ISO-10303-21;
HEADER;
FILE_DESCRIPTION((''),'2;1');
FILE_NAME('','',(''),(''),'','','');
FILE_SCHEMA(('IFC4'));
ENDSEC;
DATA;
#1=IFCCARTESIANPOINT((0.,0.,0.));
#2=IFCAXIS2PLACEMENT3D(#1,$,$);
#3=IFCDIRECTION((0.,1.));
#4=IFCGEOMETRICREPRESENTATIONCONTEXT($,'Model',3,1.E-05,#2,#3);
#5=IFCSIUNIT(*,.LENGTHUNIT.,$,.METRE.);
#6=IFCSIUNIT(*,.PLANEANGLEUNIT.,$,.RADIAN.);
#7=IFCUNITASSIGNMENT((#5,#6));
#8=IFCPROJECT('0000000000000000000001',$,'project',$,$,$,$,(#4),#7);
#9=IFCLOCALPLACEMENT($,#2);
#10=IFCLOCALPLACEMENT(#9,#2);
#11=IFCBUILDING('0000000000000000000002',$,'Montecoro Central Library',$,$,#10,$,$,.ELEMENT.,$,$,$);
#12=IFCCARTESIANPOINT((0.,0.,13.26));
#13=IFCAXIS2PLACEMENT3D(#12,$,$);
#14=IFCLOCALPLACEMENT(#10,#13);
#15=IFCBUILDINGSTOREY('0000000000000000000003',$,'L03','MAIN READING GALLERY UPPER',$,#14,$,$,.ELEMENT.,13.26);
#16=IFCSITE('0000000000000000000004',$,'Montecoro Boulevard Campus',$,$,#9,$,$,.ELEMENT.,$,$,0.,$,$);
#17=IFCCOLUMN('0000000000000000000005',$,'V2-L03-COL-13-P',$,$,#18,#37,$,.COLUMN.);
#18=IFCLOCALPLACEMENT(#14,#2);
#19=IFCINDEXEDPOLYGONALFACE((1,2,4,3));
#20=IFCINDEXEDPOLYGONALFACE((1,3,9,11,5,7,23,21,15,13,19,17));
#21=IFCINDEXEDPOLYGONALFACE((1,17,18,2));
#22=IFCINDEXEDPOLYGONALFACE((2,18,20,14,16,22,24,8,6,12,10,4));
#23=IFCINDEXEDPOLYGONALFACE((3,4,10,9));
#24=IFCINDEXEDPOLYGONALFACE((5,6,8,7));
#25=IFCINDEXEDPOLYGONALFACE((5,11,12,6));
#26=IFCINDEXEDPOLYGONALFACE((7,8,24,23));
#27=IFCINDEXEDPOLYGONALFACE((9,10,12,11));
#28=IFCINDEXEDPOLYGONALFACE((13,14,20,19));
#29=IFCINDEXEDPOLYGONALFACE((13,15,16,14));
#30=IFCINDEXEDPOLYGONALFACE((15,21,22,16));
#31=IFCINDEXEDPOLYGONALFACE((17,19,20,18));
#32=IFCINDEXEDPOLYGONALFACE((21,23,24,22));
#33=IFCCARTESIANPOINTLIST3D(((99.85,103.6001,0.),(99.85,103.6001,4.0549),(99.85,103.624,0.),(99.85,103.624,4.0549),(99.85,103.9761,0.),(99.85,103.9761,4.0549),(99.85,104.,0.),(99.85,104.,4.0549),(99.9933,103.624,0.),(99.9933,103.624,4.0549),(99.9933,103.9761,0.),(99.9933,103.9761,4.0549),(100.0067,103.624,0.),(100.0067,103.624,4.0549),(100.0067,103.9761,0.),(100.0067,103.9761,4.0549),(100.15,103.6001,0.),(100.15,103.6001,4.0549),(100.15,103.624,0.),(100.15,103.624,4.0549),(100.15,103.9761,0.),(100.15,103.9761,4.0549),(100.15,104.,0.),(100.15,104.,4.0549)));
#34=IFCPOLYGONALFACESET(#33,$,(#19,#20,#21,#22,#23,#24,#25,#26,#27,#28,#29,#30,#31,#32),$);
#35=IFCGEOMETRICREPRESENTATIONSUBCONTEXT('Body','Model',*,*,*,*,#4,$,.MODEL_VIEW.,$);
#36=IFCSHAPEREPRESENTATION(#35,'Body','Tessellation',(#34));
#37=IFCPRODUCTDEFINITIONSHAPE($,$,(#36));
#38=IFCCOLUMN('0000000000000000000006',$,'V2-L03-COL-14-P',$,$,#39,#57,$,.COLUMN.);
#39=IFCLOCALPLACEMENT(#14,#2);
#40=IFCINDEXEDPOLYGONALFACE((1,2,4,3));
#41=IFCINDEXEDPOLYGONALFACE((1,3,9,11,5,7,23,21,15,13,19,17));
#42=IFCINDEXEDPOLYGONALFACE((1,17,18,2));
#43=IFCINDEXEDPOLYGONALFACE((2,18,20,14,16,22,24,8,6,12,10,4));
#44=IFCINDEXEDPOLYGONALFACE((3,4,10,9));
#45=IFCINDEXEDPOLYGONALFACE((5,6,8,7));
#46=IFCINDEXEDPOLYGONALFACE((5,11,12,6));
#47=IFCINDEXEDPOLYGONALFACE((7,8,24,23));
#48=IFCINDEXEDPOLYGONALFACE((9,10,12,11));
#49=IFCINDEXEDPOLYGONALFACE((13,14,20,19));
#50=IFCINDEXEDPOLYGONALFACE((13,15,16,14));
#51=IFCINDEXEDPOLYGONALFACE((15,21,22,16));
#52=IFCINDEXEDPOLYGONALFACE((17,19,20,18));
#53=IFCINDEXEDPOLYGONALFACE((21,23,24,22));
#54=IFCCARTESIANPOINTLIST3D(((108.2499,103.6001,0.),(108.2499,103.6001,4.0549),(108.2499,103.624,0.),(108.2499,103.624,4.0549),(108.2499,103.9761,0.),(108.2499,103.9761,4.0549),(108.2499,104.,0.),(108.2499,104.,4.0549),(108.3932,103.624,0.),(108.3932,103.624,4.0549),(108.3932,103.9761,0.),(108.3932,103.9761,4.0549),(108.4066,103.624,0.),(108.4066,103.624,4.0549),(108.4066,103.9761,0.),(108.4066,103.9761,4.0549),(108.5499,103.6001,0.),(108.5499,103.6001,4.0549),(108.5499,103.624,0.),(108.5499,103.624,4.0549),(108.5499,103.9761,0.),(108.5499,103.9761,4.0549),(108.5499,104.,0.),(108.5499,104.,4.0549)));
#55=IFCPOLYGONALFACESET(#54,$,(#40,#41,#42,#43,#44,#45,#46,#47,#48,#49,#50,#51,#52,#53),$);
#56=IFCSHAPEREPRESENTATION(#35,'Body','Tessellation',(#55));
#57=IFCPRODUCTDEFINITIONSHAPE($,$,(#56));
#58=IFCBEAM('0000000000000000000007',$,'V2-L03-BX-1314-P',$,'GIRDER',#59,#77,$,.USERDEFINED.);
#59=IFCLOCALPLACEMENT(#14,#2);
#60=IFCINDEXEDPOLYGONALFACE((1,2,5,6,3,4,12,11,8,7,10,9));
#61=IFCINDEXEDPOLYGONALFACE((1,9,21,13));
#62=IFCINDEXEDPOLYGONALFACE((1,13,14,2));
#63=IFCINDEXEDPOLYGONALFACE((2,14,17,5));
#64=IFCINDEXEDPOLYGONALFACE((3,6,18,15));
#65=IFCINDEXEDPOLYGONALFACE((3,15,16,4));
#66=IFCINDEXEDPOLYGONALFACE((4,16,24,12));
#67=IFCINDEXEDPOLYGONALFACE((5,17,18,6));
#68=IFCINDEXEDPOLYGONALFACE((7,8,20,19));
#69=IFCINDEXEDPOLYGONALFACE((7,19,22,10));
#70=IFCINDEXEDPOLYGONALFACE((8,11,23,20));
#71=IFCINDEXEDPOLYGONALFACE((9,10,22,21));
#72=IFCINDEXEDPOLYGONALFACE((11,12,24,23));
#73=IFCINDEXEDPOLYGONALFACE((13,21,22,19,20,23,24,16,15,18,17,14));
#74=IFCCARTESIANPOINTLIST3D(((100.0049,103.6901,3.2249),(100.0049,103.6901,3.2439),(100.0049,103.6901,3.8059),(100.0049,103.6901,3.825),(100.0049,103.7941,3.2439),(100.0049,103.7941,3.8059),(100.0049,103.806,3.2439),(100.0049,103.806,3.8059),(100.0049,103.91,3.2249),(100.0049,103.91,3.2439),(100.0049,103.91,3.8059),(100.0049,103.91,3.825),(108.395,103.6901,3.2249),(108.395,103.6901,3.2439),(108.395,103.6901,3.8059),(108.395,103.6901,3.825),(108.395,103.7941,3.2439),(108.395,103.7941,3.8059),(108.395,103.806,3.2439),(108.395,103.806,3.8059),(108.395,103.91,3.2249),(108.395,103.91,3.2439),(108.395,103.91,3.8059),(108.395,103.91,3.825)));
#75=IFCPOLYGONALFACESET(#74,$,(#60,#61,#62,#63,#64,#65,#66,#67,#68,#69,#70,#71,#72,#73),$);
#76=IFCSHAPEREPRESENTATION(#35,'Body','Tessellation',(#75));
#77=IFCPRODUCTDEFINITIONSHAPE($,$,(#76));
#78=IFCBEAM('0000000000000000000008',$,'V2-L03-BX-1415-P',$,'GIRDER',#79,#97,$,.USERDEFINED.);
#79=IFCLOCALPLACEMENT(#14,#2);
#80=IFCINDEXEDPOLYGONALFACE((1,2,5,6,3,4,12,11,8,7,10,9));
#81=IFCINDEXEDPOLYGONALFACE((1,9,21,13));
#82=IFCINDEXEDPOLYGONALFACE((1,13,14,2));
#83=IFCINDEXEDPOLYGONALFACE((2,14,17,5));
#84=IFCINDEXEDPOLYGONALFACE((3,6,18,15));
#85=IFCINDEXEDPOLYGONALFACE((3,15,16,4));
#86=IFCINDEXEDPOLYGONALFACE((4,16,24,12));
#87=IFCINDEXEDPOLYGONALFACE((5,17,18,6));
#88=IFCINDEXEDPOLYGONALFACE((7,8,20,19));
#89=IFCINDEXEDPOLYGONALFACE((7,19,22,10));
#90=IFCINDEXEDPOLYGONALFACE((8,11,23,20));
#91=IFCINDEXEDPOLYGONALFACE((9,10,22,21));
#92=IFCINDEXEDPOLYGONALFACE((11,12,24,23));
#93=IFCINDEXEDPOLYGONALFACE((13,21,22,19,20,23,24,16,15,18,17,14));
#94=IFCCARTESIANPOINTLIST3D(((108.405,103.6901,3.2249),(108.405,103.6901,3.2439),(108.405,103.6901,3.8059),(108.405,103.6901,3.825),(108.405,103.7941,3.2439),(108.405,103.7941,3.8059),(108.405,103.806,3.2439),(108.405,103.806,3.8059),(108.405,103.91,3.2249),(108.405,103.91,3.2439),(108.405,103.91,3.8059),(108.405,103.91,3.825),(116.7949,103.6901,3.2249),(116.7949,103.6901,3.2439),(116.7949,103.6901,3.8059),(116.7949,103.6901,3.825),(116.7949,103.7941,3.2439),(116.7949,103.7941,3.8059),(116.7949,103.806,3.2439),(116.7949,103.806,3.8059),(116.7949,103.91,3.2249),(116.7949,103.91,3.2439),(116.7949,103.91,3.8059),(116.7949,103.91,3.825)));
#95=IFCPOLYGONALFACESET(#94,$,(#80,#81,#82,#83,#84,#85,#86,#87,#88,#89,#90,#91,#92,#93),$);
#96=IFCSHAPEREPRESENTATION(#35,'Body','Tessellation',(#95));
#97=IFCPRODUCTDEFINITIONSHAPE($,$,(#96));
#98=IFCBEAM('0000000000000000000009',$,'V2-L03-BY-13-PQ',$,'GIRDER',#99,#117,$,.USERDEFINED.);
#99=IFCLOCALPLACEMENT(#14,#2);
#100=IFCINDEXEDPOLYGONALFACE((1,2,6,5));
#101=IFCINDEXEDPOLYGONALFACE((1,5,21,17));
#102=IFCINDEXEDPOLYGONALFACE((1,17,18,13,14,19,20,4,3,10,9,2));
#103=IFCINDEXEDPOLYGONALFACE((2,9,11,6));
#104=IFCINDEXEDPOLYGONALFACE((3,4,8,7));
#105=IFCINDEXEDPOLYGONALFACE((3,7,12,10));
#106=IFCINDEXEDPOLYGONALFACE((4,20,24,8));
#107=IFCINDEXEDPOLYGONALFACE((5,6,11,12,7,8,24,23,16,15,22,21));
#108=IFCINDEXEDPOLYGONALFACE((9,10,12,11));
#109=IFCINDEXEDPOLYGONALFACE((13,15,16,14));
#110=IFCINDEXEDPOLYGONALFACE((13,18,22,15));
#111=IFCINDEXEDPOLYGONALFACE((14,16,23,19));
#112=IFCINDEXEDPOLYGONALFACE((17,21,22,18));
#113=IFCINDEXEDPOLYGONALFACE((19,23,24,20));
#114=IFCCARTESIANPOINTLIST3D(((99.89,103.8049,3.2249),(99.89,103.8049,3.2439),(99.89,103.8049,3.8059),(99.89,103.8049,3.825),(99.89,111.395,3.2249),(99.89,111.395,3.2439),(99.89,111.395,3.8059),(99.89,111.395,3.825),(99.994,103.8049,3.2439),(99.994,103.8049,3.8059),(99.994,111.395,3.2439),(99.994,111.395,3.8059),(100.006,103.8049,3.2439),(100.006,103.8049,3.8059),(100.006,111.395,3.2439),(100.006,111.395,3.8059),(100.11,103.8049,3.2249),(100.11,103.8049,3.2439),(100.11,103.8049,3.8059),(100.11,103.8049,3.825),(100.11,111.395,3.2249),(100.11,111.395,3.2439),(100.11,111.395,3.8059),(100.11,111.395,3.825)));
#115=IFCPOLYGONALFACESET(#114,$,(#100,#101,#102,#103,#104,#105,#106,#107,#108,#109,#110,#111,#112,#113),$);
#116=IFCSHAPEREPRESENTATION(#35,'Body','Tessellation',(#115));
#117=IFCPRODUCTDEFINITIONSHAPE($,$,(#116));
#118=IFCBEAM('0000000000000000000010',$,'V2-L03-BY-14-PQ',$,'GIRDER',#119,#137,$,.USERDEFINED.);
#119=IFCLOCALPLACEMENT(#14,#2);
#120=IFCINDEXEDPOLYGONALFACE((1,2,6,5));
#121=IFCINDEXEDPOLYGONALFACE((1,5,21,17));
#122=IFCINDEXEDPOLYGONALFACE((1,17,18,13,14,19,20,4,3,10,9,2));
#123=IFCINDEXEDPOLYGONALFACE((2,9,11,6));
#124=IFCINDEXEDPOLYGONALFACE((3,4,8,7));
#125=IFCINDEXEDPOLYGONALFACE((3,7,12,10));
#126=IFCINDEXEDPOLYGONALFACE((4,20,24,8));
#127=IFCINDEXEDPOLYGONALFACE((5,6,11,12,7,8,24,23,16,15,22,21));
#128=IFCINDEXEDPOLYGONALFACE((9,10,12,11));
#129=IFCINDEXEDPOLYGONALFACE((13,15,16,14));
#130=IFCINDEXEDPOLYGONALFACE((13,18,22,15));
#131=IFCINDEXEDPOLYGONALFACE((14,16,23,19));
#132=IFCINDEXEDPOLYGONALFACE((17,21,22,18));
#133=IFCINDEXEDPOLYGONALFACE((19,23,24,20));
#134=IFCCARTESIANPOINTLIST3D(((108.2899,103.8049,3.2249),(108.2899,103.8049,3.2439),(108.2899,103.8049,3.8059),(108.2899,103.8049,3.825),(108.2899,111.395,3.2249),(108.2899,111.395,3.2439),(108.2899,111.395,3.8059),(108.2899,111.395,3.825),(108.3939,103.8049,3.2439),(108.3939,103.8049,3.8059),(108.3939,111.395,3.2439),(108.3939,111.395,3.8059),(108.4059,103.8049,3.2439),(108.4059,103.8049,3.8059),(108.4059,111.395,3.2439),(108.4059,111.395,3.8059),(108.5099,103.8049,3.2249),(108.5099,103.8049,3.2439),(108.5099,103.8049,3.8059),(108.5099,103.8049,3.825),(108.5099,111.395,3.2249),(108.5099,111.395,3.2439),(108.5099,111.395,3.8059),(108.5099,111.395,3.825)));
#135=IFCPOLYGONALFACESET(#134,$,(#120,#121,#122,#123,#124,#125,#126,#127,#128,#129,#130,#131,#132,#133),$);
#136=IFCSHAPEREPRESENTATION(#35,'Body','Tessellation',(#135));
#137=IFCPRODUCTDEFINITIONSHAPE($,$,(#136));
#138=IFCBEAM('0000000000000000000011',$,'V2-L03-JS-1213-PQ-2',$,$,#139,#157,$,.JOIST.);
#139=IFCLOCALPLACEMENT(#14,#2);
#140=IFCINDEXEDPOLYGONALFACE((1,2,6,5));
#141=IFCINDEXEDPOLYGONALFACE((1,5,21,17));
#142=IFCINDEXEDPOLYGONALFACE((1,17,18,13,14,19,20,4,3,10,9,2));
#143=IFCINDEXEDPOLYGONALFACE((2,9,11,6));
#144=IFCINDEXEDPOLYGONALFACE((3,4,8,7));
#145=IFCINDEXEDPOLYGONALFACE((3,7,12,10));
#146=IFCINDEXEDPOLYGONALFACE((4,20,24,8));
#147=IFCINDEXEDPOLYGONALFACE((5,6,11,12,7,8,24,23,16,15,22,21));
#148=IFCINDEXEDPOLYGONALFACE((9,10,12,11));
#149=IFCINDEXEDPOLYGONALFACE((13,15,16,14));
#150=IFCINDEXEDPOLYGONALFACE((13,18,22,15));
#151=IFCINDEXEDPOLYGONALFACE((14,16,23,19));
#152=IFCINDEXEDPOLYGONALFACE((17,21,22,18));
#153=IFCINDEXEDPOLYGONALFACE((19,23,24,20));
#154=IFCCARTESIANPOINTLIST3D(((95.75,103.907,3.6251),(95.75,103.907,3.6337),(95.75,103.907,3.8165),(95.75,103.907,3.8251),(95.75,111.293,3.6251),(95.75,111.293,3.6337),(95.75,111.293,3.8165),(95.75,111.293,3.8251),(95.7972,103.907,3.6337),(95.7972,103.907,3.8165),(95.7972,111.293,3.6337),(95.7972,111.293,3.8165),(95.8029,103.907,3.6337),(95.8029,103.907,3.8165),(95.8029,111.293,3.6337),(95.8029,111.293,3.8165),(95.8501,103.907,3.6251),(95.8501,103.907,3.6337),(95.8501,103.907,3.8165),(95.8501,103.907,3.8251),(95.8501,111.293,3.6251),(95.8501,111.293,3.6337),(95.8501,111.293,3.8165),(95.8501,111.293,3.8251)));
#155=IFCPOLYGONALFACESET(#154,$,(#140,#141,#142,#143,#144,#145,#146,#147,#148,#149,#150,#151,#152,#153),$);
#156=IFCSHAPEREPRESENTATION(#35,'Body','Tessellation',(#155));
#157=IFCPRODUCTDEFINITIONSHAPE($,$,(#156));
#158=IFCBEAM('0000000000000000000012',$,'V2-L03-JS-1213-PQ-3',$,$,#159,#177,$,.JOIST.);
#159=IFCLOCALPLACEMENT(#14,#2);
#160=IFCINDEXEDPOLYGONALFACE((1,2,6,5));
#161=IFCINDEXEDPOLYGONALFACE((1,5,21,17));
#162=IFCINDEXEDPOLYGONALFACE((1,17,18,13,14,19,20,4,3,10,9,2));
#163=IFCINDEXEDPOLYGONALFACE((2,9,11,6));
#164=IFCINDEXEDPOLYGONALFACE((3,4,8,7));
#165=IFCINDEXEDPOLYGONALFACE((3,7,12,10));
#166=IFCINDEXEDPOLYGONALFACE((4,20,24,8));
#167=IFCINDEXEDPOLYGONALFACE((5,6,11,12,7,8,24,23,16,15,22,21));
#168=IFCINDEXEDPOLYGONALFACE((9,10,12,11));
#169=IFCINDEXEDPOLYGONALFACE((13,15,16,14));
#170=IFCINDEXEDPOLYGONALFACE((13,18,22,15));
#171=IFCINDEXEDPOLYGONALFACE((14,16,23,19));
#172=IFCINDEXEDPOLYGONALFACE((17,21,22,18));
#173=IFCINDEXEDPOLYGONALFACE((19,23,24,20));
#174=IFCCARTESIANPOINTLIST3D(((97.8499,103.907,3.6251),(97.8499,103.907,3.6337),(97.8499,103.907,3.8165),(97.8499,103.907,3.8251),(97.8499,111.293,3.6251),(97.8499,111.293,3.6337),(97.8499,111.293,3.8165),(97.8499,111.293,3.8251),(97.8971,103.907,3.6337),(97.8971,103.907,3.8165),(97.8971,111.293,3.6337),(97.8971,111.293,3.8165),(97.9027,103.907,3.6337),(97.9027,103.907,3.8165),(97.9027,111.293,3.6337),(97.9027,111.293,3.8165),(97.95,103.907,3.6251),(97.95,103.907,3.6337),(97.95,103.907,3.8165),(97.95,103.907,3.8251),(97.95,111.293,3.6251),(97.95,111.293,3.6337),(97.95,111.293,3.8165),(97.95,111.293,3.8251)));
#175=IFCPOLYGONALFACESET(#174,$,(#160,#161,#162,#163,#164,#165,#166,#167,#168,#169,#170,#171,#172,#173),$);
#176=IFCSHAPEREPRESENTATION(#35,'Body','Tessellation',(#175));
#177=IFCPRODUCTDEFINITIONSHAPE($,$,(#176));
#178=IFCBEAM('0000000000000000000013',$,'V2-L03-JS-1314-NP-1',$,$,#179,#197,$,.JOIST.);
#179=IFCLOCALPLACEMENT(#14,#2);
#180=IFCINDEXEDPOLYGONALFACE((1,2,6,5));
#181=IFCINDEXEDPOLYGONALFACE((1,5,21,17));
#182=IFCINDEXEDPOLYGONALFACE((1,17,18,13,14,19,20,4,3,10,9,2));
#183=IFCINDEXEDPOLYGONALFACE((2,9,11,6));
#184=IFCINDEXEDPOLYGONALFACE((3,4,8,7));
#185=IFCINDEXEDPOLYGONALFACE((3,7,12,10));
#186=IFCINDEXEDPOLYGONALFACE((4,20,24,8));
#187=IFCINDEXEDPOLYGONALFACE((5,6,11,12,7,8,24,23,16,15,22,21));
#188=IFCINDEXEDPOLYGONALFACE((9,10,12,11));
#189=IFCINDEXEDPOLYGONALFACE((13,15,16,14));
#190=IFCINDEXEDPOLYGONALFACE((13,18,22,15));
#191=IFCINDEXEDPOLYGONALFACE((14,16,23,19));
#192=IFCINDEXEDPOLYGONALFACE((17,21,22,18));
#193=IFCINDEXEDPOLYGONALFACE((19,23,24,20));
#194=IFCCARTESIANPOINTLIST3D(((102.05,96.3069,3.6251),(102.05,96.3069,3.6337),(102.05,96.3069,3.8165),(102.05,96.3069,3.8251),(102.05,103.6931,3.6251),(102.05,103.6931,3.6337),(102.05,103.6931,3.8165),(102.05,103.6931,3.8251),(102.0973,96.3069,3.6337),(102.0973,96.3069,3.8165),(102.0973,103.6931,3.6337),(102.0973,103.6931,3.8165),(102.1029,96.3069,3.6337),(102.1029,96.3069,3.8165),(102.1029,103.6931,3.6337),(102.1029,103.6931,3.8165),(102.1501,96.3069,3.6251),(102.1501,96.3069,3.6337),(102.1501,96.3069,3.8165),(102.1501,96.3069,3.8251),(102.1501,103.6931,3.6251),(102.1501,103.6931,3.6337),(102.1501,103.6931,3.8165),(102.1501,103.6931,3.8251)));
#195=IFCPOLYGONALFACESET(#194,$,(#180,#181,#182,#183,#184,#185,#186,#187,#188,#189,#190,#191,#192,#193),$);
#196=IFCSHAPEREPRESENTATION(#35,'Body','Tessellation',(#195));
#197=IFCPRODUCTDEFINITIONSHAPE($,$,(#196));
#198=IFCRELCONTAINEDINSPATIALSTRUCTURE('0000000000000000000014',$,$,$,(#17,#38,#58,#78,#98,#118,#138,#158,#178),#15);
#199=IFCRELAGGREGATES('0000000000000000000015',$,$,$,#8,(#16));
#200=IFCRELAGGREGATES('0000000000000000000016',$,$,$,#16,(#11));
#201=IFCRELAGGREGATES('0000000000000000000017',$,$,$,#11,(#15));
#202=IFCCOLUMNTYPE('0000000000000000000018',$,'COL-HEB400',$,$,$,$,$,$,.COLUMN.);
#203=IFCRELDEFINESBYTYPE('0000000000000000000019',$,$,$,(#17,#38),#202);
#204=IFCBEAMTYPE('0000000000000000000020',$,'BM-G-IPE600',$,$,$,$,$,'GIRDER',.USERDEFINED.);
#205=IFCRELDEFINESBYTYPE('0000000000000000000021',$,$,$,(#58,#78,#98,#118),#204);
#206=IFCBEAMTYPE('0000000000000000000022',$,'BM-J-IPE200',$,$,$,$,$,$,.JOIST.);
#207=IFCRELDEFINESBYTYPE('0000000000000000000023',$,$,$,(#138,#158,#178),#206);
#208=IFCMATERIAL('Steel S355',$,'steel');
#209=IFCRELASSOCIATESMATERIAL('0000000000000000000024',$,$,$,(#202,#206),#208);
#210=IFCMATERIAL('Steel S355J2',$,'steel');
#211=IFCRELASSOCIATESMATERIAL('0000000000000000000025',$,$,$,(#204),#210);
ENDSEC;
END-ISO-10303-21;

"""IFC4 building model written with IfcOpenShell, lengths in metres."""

from ifc_helpers import new_model, si_unit, direction, frame, origin, origin_2d, place, context, subcontext, project, spatial, i_section, extrude, material, material_profile, profile_set, type_object, element, save


model = new_model("IFC4")

# Units and contexts
model_context = context("Model", 3, precision=1e-05, world=origin(), true_north=direction((0.0, 1.0)))
body_context = subcontext(model_context, "Body", "Model", "MODEL_VIEW")
ifc_project = project(units=[si_unit("LENGTHUNIT", "METRE"), si_unit("PLANEANGLEUNIT", "RADIAN")], contexts=[model_context])

# Site, building, storey
site_placement = place(None, origin())
site = spatial("IfcSite", under=ifc_project, at=site_placement, Name="Montecoro Boulevard Campus", CompositionType="ELEMENT", RefElevation=0.0)
building_placement = place(site_placement, origin())
building = spatial("IfcBuilding", under=site, at=building_placement, Name="Montecoro Central Library", CompositionType="ELEMENT")
storey_placement = place(building_placement, frame((0.0, 0.0, 13.26)))
storey = spatial("IfcBuildingStorey", under=building, at=storey_placement, Name="L03", Description="MAIN READING GALLERY UPPER", CompositionType="ELEMENT", Elevation=13.26)

# Columns
ifc_material_1 = material(Name="Steel S355", Category="steel")
ifc_material_profile_1 = material_profile(ifc_material_1, i_section(OverallWidth=0.3, OverallDepth=0.3999, WebThickness=0.0134, FlangeThickness=0.0239, at=origin_2d()), Name="HEB 400")
ifc_profile_set_1 = profile_set([ifc_material_profile_1], Name="Steel S355")
column_type = type_object("IfcColumnType", Name="COL-HEB400", PredefinedType="COLUMN", material=ifc_profile_set_1)
for number, where, z_axis, x_axis, name in (
    (1, (100.0, 103.8, 0.0), (0.0, 0.0, 1.0), (1.0, 0.0, 0.0), "V2-L03-COL-13-P"),
    (2, (108.3999, 103.8, 0.0), (0.0, 0.0, 1.0), (1.0, 0.0, 0.0), "V2-L03-COL-14-P"),
):
    element("IfcColumn", number, at=place(storey_placement, frame(where, z_axis=z_axis, x_axis=x_axis)), inside=storey, type_object=column_type, Name=name, PredefinedType="COLUMN", context=body_context, shape_type="SweptSolid", body=[
        extrude(i_section(OverallWidth=0.3, OverallDepth=0.3999, WebThickness=0.0134, FlangeThickness=0.0239, at=origin_2d()), origin(), (0.0, 0.0, 1.0), 4.0549),
    ])

# Beams
ifc_material_2 = material(Name="Steel S355J2", Category="steel")
ifc_material_profile_2 = material_profile(ifc_material_2, i_section(OverallWidth=0.22, OverallDepth=0.6001, WebThickness=0.012, FlangeThickness=0.019, at=origin_2d()), Name="IPE 600")
ifc_profile_set_2 = profile_set([ifc_material_profile_2], Name="Steel S355J2")
beam_type_1 = type_object("IfcBeamType", Name="BM-G-IPE600", ElementType="GIRDER", PredefinedType="USERDEFINED", material=ifc_profile_set_2)
beam_1_placement = place(storey_placement, frame((100.0049, 103.8, 3.5249), z_axis=(1.0, 0.0, 0.0), x_axis=(0.0, 1.0, 0.0)))
element("IfcBeam", 3, at=beam_1_placement, inside=storey, type_object=beam_type_1, Name="V2-L03-BX-1314-P", ObjectType="GIRDER", PredefinedType="USERDEFINED", context=body_context, shape_type="SweptSolid", body=[
    extrude(i_section(OverallWidth=0.22, OverallDepth=0.6001, WebThickness=0.012, FlangeThickness=0.019, at=origin_2d()), origin(), (0.0, 0.0, 1.0), 8.3901),
])
beam_2_placement = place(storey_placement, frame((108.405, 103.8, 3.5249), z_axis=(1.0, 0.0, 0.0), x_axis=(0.0, 1.0, 0.0)))
element("IfcBeam", 4, at=beam_2_placement, inside=storey, type_object=beam_type_1, Name="V2-L03-BX-1415-P", ObjectType="GIRDER", PredefinedType="USERDEFINED", context=body_context, shape_type="SweptSolid", body=[
    extrude(i_section(OverallWidth=0.22, OverallDepth=0.6001, WebThickness=0.012, FlangeThickness=0.019, at=origin_2d()), origin(), (0.0, 0.0, 1.0), 8.3899),
])
for number, where, z_axis, x_axis, name in (
    (5, (100.0, 103.8049, 3.5249), (0.0, 1.0, 0.0), (-1.0, 0.0, 0.0), "V2-L03-BY-13-PQ"),
    (6, (108.3999, 103.8049, 3.5249), (0.0, 1.0, 0.0), (-1.0, 0.0, 0.0), "V2-L03-BY-14-PQ"),
):
    element("IfcBeam", number, at=place(storey_placement, frame(where, z_axis=z_axis, x_axis=x_axis)), inside=storey, type_object=beam_type_1, Name=name, ObjectType="GIRDER", PredefinedType="USERDEFINED", context=body_context, shape_type="SweptSolid", body=[
        extrude(i_section(OverallWidth=0.22, OverallDepth=0.6001, WebThickness=0.012, FlangeThickness=0.019, at=origin_2d()), origin(), (0.0, 0.0, 1.0), 7.5901),
    ])
ifc_material_profile_3 = material_profile(ifc_material_1, i_section(OverallWidth=0.1001, OverallDepth=0.2, WebThickness=0.0056, FlangeThickness=0.0085, at=origin_2d()), Name="IPE 200")
ifc_profile_set_3 = profile_set([ifc_material_profile_3], Name="Steel S355")
beam_type_2 = type_object("IfcBeamType", Name="BM-J-IPE200", PredefinedType="JOIST", material=ifc_profile_set_3)
for number, where, z_axis, x_axis, name in (
    (7, (95.8, 103.907, 3.7251), (0.0, 1.0, 0.0), (-1.0, 0.0, 0.0), "V2-L03-JS-1213-PQ-2"),
    (8, (97.8999, 103.907, 3.7251), (0.0, 1.0, 0.0), (-1.0, 0.0, 0.0), "V2-L03-JS-1213-PQ-3"),
):
    element("IfcBeam", number, at=place(storey_placement, frame(where, z_axis=z_axis, x_axis=x_axis)), inside=storey, type_object=beam_type_2, Name=name, PredefinedType="JOIST", context=body_context, shape_type="SweptSolid", body=[
        extrude(i_section(OverallWidth=0.1001, OverallDepth=0.2, WebThickness=0.0056, FlangeThickness=0.0085, at=origin_2d()), origin(), (0.0, 0.0, 1.0), 7.386),
    ])
for number, where, z_axis, x_axis, name in (
    (9, (102.1001, 96.3069, 3.7251), (0.0, 1.0, 0.0), (-1.0, 0.0, 0.0), "V2-L03-JS-1314-NP-1"),
):
    element("IfcBeam", number, at=place(storey_placement, frame(where, z_axis=z_axis, x_axis=x_axis)), inside=storey, type_object=beam_type_2, Name=name, PredefinedType="JOIST", context=body_context, shape_type="SweptSolid", body=[
        extrude(i_section(OverallWidth=0.1001, OverallDepth=0.2, WebThickness=0.0056, FlangeThickness=0.0085, at=origin_2d()), origin(), (0.0, 0.0, 1.0), 7.3862),
    ])

save(model, "model.ifc")
